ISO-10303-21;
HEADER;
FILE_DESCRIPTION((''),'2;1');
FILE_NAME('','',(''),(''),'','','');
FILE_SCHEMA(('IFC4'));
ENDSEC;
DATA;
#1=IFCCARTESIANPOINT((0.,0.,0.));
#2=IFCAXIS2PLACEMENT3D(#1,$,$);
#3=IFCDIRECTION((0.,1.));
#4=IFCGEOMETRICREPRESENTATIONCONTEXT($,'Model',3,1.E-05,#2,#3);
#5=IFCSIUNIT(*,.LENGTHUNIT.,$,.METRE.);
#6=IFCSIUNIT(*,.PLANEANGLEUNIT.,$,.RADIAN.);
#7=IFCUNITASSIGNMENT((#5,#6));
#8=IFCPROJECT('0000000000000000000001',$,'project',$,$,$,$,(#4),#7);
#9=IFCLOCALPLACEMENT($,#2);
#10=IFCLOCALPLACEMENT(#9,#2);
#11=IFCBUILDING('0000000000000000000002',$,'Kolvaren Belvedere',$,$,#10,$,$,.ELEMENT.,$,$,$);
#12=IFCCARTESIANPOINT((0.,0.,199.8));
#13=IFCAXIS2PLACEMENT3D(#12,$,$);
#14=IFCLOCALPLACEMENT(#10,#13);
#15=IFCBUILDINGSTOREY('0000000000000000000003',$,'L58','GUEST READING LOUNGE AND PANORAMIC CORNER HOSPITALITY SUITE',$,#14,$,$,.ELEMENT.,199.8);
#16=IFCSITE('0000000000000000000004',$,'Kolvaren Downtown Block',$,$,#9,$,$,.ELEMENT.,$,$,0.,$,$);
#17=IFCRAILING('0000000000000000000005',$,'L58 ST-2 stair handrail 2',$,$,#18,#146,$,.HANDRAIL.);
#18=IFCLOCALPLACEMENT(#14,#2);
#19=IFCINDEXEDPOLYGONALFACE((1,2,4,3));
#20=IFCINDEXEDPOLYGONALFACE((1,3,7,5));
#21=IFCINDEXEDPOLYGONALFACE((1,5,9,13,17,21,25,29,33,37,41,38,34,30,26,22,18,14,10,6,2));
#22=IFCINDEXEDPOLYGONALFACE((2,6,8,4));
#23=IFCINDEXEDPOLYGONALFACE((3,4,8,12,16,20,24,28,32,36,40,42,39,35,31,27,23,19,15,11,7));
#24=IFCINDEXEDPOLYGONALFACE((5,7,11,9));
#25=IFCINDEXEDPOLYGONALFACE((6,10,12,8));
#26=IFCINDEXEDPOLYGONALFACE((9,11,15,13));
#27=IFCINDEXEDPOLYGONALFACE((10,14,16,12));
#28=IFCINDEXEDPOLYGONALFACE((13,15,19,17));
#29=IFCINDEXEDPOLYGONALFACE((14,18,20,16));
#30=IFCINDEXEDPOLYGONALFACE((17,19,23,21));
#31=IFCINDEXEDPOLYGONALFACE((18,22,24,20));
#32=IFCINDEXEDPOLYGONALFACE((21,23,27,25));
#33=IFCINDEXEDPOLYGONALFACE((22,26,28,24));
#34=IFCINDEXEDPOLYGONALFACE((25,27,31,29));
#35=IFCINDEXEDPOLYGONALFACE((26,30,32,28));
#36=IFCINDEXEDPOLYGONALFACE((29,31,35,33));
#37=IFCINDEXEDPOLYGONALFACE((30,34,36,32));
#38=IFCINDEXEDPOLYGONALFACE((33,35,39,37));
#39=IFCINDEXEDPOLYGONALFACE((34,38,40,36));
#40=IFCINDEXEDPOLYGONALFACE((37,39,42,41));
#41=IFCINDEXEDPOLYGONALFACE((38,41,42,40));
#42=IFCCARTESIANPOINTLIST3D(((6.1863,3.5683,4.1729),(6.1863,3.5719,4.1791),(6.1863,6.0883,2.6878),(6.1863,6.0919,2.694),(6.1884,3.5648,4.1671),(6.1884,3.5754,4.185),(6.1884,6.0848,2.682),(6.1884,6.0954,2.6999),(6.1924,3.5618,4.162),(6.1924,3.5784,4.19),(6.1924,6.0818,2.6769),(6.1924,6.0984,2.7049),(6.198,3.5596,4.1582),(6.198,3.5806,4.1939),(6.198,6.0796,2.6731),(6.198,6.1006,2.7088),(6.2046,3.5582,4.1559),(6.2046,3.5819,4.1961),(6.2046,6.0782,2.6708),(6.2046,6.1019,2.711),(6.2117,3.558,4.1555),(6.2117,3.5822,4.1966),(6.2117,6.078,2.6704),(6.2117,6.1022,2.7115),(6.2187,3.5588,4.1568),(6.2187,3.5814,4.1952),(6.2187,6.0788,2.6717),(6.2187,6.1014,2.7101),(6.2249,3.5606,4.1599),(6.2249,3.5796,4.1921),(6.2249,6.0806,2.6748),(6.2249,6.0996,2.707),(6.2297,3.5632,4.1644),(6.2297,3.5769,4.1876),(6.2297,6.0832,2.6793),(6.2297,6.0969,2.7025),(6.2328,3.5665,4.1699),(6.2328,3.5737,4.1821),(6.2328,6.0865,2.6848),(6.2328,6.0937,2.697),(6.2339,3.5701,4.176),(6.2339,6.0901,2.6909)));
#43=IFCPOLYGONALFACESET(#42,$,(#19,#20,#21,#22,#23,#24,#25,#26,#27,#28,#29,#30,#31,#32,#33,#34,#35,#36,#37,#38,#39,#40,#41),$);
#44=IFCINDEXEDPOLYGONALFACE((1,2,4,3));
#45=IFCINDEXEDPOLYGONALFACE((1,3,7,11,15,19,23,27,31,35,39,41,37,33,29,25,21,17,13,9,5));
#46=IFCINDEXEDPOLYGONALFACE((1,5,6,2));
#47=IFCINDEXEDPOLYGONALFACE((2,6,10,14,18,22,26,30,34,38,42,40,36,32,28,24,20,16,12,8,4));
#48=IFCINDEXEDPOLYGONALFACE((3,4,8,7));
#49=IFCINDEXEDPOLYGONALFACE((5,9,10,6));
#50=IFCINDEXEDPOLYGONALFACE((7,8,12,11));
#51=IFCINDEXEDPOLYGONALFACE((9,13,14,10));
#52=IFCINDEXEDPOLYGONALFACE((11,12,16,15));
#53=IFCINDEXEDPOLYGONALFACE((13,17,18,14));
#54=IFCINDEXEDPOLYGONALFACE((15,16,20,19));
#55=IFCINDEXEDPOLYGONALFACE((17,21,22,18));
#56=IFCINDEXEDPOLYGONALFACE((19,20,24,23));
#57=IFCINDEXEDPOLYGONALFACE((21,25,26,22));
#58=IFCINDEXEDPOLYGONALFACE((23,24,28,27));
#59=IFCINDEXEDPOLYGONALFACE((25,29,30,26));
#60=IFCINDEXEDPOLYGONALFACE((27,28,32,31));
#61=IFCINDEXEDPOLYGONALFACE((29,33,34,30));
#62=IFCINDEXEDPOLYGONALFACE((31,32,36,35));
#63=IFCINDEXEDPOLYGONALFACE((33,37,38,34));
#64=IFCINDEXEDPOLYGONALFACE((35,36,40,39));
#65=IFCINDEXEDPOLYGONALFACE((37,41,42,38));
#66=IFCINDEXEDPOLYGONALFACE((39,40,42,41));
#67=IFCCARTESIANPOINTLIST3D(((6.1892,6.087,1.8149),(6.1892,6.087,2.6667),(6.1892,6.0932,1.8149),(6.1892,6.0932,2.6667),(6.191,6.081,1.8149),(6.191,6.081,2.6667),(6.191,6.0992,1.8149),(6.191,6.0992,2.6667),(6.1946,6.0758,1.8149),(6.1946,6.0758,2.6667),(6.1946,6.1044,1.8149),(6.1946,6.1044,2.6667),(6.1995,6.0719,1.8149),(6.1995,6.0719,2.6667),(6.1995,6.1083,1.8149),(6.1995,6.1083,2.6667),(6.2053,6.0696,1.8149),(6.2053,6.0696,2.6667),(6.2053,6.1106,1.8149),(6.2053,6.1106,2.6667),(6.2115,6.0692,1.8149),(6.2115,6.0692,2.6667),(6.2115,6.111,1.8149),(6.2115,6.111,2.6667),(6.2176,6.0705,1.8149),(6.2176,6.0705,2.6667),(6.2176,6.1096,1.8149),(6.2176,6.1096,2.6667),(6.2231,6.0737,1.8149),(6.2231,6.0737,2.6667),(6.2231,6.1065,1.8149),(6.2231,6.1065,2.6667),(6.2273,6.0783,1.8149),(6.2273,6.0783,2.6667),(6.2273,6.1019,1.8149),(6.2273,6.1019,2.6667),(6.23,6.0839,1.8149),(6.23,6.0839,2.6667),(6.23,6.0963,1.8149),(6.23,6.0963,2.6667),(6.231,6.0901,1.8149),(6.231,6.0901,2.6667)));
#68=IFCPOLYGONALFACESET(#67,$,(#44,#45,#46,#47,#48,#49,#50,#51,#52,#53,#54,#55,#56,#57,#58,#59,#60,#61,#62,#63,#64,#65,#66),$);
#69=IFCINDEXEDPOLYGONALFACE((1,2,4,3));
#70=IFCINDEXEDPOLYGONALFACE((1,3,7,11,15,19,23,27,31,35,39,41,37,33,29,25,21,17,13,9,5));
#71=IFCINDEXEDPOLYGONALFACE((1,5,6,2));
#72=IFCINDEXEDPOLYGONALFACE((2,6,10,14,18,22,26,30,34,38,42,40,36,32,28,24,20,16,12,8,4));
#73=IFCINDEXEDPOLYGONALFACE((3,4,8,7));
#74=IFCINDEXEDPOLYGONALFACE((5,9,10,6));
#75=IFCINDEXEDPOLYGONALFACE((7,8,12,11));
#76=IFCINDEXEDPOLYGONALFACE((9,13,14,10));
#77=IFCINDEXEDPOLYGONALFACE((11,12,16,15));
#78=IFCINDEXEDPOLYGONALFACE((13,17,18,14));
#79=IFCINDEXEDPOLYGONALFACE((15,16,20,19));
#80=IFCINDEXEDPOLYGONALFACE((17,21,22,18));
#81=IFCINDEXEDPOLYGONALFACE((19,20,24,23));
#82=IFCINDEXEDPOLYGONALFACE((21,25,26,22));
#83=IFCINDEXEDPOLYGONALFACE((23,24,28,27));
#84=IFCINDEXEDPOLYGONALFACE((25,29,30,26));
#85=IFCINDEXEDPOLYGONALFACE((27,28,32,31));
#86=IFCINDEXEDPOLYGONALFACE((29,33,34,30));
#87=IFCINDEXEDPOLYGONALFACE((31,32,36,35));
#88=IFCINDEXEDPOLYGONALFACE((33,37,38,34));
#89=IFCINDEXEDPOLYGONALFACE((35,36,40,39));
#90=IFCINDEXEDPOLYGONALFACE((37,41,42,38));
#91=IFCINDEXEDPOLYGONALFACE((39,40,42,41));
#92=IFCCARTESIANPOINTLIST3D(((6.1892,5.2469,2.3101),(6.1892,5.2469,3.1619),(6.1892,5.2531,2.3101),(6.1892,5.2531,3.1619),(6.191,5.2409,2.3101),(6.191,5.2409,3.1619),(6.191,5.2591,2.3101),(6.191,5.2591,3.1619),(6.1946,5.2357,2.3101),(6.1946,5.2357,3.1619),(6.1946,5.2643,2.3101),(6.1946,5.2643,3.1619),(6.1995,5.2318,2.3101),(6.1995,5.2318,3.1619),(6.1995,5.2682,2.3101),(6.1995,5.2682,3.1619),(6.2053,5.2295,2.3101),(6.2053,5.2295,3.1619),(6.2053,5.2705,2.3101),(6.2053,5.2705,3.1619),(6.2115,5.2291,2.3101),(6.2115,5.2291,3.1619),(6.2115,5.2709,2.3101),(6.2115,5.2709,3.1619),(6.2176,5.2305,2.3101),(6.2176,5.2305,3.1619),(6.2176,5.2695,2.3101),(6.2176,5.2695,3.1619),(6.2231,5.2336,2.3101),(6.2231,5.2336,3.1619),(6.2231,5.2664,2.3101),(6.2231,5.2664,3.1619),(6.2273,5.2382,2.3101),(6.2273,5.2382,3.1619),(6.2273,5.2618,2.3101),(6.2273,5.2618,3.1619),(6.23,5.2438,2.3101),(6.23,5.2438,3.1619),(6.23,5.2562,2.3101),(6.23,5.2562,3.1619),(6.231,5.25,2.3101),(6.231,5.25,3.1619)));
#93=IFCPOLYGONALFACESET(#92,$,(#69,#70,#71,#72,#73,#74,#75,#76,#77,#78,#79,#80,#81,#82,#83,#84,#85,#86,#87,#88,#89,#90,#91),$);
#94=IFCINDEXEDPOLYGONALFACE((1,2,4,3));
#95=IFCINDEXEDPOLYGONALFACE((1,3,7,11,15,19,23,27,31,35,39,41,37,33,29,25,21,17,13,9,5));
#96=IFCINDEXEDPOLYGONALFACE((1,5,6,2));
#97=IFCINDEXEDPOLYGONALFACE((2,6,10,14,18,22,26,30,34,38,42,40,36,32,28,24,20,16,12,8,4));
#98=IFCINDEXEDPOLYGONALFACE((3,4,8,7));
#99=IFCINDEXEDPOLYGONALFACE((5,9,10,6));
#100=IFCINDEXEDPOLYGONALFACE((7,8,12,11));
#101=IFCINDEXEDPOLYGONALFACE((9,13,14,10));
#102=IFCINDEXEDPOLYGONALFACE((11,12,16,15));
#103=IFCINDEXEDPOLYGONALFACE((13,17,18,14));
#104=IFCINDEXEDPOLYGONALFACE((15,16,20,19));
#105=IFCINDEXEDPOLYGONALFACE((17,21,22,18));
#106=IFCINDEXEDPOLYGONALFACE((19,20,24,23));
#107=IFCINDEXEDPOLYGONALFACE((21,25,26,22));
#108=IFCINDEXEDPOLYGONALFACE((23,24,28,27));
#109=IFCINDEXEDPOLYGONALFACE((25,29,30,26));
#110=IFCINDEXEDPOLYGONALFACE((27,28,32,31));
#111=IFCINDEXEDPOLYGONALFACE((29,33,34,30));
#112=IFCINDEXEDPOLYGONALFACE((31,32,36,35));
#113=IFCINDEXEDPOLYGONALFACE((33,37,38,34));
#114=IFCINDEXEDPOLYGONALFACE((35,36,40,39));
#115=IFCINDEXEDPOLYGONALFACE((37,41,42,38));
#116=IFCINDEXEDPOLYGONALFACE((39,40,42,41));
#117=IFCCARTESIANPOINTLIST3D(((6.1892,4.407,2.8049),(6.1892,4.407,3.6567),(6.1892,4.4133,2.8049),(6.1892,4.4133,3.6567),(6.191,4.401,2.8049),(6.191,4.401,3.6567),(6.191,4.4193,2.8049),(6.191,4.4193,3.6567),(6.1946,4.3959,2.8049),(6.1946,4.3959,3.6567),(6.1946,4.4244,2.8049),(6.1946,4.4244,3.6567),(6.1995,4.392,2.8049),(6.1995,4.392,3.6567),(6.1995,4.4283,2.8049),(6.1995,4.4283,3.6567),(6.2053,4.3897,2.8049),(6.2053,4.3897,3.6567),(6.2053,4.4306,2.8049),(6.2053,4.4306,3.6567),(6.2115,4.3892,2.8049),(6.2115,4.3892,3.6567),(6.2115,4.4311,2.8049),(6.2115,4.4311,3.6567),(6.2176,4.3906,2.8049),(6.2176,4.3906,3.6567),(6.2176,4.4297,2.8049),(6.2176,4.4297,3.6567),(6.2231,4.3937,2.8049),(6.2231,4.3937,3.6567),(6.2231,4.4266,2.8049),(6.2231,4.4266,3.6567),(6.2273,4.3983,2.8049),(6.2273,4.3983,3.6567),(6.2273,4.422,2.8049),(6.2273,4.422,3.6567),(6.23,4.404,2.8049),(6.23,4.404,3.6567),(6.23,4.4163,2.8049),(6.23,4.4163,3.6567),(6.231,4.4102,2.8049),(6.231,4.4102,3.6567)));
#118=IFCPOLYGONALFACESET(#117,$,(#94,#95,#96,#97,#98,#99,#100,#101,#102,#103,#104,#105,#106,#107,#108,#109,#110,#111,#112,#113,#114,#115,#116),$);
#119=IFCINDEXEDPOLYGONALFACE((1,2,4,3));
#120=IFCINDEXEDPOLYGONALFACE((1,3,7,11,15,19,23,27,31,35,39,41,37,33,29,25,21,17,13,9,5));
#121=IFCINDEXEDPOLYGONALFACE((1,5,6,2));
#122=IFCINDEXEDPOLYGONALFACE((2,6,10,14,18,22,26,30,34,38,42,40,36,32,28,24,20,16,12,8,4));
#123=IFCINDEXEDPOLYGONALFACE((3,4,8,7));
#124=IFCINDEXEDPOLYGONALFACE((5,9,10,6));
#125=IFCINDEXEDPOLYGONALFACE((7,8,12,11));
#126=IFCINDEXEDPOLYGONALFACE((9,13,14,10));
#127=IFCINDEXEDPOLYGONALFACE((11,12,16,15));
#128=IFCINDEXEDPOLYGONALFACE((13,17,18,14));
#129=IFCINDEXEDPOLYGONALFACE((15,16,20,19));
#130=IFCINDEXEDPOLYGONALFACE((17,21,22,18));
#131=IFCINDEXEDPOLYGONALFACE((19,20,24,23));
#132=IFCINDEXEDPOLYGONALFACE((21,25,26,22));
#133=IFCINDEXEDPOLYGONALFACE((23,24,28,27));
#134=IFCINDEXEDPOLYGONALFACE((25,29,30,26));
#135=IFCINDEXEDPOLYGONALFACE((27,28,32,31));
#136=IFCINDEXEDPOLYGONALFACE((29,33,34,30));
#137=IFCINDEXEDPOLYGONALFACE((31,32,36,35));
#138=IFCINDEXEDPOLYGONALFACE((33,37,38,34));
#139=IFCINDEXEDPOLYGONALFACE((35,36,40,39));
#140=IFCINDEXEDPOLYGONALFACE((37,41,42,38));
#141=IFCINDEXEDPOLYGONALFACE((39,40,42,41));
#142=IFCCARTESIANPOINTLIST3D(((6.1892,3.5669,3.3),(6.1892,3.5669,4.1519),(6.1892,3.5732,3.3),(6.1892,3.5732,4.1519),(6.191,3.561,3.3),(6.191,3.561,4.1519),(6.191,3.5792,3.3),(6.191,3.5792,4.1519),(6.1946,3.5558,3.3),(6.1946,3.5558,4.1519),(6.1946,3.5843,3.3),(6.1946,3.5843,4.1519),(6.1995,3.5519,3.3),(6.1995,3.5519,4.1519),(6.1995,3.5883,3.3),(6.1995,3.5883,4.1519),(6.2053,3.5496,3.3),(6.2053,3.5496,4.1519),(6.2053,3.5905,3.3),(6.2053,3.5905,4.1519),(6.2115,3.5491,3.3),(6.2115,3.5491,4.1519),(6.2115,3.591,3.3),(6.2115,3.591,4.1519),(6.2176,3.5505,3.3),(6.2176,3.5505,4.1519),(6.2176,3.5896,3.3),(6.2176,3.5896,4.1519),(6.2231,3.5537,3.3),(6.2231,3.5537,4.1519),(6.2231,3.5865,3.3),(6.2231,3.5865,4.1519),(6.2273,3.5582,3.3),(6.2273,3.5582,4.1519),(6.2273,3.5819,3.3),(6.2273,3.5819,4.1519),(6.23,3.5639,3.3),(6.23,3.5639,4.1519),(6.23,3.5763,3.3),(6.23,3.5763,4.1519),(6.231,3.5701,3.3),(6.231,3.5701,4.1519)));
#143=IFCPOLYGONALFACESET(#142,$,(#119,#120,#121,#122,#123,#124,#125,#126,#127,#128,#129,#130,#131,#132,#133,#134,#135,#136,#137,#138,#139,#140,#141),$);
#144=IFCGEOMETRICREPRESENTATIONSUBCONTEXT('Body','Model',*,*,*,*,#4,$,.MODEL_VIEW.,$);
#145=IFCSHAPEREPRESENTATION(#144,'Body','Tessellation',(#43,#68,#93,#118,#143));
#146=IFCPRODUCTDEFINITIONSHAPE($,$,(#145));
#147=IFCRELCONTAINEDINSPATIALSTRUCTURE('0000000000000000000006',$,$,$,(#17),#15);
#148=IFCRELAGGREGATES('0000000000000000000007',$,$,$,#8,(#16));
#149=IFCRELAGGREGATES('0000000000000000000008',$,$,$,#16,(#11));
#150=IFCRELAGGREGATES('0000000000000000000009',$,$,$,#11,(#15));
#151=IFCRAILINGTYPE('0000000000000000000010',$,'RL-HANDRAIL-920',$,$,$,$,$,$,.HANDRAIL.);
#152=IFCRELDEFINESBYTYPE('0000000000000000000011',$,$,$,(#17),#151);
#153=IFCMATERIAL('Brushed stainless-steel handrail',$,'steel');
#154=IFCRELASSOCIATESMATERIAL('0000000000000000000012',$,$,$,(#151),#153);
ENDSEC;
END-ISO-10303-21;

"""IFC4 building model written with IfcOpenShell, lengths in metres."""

from ifc_helpers import new_model, si_unit, direction, frame, origin, origin_2d, place, context, subcontext, project, spatial, circle, extrude, material, type_object, element, save


model = new_model("IFC4")

# Units and contexts
model_context = context("Model", 3, precision=1e-05, world=origin(), true_north=direction((0.0, 1.0)))
body_context = subcontext(model_context, "Body", "Model", "MODEL_VIEW")
ifc_project = project(units=[si_unit("LENGTHUNIT", "METRE"), si_unit("PLANEANGLEUNIT", "RADIAN")], contexts=[model_context])

# Site, building, storey
site_placement = place(None, origin())
site = spatial("IfcSite", under=ifc_project, at=site_placement, Name="Kolvaren Downtown Block", CompositionType="ELEMENT", RefElevation=0.0)
building_placement = place(site_placement, origin())
building = spatial("IfcBuilding", under=site, at=building_placement, Name="Kolvaren Belvedere", CompositionType="ELEMENT")
storey_placement = place(building_placement, frame((0.0, 0.0, 199.8)))
storey = spatial("IfcBuildingStorey", under=building, at=storey_placement, Name="L58", Description="GUEST READING LOUNGE AND PANORAMIC CORNER HOSPITALITY SUITE", CompositionType="ELEMENT", Elevation=199.8)

# Railing
ifc_material_1 = material(Name="Brushed stainless-steel handrail", Category="steel")
railing_type_1 = type_object("IfcRailingType", Name="RL-HANDRAIL-920", PredefinedType="HANDRAIL", material=ifc_material_1)
railing_1_placement = place(storey_placement, frame((6.21, 6.0901, 1.8149)))
element("IfcRailing", 1, at=railing_1_placement, inside=storey, type_object=railing_type_1, Name="L58 ST-2 stair handrail 2", PredefinedType="HANDRAIL", context=body_context, shape_type="SweptSolid", body=[
    extrude(circle(Radius=0.0239, at=origin_2d()), frame((0.0, 0.0, 0.876), z_axis=(0.0, -0.861524, 0.507717), x_axis=(1.0, 0.0, 0.0)), (0.0, 0.0, 1.0), 2.925),
    extrude(circle(Radius=0.021, at=origin_2d()), origin(), (0.0, 0.0, 1.0), 0.8518),
    extrude(circle(Radius=0.021, at=origin_2d()), frame((0.0, -0.8401, 0.4951)), (0.0, 0.0, 1.0), 0.8518),
    extrude(circle(Radius=0.021, at=origin_2d()), frame((0.0, -1.6799, 0.99)), (0.0, 0.0, 1.0), 0.8518),
    extrude(circle(Radius=0.021, at=origin_2d()), frame((0.0, -2.52, 1.4851)), (0.0, 0.0, 1.0), 0.8518),
])

save(model, "model.ifc")
